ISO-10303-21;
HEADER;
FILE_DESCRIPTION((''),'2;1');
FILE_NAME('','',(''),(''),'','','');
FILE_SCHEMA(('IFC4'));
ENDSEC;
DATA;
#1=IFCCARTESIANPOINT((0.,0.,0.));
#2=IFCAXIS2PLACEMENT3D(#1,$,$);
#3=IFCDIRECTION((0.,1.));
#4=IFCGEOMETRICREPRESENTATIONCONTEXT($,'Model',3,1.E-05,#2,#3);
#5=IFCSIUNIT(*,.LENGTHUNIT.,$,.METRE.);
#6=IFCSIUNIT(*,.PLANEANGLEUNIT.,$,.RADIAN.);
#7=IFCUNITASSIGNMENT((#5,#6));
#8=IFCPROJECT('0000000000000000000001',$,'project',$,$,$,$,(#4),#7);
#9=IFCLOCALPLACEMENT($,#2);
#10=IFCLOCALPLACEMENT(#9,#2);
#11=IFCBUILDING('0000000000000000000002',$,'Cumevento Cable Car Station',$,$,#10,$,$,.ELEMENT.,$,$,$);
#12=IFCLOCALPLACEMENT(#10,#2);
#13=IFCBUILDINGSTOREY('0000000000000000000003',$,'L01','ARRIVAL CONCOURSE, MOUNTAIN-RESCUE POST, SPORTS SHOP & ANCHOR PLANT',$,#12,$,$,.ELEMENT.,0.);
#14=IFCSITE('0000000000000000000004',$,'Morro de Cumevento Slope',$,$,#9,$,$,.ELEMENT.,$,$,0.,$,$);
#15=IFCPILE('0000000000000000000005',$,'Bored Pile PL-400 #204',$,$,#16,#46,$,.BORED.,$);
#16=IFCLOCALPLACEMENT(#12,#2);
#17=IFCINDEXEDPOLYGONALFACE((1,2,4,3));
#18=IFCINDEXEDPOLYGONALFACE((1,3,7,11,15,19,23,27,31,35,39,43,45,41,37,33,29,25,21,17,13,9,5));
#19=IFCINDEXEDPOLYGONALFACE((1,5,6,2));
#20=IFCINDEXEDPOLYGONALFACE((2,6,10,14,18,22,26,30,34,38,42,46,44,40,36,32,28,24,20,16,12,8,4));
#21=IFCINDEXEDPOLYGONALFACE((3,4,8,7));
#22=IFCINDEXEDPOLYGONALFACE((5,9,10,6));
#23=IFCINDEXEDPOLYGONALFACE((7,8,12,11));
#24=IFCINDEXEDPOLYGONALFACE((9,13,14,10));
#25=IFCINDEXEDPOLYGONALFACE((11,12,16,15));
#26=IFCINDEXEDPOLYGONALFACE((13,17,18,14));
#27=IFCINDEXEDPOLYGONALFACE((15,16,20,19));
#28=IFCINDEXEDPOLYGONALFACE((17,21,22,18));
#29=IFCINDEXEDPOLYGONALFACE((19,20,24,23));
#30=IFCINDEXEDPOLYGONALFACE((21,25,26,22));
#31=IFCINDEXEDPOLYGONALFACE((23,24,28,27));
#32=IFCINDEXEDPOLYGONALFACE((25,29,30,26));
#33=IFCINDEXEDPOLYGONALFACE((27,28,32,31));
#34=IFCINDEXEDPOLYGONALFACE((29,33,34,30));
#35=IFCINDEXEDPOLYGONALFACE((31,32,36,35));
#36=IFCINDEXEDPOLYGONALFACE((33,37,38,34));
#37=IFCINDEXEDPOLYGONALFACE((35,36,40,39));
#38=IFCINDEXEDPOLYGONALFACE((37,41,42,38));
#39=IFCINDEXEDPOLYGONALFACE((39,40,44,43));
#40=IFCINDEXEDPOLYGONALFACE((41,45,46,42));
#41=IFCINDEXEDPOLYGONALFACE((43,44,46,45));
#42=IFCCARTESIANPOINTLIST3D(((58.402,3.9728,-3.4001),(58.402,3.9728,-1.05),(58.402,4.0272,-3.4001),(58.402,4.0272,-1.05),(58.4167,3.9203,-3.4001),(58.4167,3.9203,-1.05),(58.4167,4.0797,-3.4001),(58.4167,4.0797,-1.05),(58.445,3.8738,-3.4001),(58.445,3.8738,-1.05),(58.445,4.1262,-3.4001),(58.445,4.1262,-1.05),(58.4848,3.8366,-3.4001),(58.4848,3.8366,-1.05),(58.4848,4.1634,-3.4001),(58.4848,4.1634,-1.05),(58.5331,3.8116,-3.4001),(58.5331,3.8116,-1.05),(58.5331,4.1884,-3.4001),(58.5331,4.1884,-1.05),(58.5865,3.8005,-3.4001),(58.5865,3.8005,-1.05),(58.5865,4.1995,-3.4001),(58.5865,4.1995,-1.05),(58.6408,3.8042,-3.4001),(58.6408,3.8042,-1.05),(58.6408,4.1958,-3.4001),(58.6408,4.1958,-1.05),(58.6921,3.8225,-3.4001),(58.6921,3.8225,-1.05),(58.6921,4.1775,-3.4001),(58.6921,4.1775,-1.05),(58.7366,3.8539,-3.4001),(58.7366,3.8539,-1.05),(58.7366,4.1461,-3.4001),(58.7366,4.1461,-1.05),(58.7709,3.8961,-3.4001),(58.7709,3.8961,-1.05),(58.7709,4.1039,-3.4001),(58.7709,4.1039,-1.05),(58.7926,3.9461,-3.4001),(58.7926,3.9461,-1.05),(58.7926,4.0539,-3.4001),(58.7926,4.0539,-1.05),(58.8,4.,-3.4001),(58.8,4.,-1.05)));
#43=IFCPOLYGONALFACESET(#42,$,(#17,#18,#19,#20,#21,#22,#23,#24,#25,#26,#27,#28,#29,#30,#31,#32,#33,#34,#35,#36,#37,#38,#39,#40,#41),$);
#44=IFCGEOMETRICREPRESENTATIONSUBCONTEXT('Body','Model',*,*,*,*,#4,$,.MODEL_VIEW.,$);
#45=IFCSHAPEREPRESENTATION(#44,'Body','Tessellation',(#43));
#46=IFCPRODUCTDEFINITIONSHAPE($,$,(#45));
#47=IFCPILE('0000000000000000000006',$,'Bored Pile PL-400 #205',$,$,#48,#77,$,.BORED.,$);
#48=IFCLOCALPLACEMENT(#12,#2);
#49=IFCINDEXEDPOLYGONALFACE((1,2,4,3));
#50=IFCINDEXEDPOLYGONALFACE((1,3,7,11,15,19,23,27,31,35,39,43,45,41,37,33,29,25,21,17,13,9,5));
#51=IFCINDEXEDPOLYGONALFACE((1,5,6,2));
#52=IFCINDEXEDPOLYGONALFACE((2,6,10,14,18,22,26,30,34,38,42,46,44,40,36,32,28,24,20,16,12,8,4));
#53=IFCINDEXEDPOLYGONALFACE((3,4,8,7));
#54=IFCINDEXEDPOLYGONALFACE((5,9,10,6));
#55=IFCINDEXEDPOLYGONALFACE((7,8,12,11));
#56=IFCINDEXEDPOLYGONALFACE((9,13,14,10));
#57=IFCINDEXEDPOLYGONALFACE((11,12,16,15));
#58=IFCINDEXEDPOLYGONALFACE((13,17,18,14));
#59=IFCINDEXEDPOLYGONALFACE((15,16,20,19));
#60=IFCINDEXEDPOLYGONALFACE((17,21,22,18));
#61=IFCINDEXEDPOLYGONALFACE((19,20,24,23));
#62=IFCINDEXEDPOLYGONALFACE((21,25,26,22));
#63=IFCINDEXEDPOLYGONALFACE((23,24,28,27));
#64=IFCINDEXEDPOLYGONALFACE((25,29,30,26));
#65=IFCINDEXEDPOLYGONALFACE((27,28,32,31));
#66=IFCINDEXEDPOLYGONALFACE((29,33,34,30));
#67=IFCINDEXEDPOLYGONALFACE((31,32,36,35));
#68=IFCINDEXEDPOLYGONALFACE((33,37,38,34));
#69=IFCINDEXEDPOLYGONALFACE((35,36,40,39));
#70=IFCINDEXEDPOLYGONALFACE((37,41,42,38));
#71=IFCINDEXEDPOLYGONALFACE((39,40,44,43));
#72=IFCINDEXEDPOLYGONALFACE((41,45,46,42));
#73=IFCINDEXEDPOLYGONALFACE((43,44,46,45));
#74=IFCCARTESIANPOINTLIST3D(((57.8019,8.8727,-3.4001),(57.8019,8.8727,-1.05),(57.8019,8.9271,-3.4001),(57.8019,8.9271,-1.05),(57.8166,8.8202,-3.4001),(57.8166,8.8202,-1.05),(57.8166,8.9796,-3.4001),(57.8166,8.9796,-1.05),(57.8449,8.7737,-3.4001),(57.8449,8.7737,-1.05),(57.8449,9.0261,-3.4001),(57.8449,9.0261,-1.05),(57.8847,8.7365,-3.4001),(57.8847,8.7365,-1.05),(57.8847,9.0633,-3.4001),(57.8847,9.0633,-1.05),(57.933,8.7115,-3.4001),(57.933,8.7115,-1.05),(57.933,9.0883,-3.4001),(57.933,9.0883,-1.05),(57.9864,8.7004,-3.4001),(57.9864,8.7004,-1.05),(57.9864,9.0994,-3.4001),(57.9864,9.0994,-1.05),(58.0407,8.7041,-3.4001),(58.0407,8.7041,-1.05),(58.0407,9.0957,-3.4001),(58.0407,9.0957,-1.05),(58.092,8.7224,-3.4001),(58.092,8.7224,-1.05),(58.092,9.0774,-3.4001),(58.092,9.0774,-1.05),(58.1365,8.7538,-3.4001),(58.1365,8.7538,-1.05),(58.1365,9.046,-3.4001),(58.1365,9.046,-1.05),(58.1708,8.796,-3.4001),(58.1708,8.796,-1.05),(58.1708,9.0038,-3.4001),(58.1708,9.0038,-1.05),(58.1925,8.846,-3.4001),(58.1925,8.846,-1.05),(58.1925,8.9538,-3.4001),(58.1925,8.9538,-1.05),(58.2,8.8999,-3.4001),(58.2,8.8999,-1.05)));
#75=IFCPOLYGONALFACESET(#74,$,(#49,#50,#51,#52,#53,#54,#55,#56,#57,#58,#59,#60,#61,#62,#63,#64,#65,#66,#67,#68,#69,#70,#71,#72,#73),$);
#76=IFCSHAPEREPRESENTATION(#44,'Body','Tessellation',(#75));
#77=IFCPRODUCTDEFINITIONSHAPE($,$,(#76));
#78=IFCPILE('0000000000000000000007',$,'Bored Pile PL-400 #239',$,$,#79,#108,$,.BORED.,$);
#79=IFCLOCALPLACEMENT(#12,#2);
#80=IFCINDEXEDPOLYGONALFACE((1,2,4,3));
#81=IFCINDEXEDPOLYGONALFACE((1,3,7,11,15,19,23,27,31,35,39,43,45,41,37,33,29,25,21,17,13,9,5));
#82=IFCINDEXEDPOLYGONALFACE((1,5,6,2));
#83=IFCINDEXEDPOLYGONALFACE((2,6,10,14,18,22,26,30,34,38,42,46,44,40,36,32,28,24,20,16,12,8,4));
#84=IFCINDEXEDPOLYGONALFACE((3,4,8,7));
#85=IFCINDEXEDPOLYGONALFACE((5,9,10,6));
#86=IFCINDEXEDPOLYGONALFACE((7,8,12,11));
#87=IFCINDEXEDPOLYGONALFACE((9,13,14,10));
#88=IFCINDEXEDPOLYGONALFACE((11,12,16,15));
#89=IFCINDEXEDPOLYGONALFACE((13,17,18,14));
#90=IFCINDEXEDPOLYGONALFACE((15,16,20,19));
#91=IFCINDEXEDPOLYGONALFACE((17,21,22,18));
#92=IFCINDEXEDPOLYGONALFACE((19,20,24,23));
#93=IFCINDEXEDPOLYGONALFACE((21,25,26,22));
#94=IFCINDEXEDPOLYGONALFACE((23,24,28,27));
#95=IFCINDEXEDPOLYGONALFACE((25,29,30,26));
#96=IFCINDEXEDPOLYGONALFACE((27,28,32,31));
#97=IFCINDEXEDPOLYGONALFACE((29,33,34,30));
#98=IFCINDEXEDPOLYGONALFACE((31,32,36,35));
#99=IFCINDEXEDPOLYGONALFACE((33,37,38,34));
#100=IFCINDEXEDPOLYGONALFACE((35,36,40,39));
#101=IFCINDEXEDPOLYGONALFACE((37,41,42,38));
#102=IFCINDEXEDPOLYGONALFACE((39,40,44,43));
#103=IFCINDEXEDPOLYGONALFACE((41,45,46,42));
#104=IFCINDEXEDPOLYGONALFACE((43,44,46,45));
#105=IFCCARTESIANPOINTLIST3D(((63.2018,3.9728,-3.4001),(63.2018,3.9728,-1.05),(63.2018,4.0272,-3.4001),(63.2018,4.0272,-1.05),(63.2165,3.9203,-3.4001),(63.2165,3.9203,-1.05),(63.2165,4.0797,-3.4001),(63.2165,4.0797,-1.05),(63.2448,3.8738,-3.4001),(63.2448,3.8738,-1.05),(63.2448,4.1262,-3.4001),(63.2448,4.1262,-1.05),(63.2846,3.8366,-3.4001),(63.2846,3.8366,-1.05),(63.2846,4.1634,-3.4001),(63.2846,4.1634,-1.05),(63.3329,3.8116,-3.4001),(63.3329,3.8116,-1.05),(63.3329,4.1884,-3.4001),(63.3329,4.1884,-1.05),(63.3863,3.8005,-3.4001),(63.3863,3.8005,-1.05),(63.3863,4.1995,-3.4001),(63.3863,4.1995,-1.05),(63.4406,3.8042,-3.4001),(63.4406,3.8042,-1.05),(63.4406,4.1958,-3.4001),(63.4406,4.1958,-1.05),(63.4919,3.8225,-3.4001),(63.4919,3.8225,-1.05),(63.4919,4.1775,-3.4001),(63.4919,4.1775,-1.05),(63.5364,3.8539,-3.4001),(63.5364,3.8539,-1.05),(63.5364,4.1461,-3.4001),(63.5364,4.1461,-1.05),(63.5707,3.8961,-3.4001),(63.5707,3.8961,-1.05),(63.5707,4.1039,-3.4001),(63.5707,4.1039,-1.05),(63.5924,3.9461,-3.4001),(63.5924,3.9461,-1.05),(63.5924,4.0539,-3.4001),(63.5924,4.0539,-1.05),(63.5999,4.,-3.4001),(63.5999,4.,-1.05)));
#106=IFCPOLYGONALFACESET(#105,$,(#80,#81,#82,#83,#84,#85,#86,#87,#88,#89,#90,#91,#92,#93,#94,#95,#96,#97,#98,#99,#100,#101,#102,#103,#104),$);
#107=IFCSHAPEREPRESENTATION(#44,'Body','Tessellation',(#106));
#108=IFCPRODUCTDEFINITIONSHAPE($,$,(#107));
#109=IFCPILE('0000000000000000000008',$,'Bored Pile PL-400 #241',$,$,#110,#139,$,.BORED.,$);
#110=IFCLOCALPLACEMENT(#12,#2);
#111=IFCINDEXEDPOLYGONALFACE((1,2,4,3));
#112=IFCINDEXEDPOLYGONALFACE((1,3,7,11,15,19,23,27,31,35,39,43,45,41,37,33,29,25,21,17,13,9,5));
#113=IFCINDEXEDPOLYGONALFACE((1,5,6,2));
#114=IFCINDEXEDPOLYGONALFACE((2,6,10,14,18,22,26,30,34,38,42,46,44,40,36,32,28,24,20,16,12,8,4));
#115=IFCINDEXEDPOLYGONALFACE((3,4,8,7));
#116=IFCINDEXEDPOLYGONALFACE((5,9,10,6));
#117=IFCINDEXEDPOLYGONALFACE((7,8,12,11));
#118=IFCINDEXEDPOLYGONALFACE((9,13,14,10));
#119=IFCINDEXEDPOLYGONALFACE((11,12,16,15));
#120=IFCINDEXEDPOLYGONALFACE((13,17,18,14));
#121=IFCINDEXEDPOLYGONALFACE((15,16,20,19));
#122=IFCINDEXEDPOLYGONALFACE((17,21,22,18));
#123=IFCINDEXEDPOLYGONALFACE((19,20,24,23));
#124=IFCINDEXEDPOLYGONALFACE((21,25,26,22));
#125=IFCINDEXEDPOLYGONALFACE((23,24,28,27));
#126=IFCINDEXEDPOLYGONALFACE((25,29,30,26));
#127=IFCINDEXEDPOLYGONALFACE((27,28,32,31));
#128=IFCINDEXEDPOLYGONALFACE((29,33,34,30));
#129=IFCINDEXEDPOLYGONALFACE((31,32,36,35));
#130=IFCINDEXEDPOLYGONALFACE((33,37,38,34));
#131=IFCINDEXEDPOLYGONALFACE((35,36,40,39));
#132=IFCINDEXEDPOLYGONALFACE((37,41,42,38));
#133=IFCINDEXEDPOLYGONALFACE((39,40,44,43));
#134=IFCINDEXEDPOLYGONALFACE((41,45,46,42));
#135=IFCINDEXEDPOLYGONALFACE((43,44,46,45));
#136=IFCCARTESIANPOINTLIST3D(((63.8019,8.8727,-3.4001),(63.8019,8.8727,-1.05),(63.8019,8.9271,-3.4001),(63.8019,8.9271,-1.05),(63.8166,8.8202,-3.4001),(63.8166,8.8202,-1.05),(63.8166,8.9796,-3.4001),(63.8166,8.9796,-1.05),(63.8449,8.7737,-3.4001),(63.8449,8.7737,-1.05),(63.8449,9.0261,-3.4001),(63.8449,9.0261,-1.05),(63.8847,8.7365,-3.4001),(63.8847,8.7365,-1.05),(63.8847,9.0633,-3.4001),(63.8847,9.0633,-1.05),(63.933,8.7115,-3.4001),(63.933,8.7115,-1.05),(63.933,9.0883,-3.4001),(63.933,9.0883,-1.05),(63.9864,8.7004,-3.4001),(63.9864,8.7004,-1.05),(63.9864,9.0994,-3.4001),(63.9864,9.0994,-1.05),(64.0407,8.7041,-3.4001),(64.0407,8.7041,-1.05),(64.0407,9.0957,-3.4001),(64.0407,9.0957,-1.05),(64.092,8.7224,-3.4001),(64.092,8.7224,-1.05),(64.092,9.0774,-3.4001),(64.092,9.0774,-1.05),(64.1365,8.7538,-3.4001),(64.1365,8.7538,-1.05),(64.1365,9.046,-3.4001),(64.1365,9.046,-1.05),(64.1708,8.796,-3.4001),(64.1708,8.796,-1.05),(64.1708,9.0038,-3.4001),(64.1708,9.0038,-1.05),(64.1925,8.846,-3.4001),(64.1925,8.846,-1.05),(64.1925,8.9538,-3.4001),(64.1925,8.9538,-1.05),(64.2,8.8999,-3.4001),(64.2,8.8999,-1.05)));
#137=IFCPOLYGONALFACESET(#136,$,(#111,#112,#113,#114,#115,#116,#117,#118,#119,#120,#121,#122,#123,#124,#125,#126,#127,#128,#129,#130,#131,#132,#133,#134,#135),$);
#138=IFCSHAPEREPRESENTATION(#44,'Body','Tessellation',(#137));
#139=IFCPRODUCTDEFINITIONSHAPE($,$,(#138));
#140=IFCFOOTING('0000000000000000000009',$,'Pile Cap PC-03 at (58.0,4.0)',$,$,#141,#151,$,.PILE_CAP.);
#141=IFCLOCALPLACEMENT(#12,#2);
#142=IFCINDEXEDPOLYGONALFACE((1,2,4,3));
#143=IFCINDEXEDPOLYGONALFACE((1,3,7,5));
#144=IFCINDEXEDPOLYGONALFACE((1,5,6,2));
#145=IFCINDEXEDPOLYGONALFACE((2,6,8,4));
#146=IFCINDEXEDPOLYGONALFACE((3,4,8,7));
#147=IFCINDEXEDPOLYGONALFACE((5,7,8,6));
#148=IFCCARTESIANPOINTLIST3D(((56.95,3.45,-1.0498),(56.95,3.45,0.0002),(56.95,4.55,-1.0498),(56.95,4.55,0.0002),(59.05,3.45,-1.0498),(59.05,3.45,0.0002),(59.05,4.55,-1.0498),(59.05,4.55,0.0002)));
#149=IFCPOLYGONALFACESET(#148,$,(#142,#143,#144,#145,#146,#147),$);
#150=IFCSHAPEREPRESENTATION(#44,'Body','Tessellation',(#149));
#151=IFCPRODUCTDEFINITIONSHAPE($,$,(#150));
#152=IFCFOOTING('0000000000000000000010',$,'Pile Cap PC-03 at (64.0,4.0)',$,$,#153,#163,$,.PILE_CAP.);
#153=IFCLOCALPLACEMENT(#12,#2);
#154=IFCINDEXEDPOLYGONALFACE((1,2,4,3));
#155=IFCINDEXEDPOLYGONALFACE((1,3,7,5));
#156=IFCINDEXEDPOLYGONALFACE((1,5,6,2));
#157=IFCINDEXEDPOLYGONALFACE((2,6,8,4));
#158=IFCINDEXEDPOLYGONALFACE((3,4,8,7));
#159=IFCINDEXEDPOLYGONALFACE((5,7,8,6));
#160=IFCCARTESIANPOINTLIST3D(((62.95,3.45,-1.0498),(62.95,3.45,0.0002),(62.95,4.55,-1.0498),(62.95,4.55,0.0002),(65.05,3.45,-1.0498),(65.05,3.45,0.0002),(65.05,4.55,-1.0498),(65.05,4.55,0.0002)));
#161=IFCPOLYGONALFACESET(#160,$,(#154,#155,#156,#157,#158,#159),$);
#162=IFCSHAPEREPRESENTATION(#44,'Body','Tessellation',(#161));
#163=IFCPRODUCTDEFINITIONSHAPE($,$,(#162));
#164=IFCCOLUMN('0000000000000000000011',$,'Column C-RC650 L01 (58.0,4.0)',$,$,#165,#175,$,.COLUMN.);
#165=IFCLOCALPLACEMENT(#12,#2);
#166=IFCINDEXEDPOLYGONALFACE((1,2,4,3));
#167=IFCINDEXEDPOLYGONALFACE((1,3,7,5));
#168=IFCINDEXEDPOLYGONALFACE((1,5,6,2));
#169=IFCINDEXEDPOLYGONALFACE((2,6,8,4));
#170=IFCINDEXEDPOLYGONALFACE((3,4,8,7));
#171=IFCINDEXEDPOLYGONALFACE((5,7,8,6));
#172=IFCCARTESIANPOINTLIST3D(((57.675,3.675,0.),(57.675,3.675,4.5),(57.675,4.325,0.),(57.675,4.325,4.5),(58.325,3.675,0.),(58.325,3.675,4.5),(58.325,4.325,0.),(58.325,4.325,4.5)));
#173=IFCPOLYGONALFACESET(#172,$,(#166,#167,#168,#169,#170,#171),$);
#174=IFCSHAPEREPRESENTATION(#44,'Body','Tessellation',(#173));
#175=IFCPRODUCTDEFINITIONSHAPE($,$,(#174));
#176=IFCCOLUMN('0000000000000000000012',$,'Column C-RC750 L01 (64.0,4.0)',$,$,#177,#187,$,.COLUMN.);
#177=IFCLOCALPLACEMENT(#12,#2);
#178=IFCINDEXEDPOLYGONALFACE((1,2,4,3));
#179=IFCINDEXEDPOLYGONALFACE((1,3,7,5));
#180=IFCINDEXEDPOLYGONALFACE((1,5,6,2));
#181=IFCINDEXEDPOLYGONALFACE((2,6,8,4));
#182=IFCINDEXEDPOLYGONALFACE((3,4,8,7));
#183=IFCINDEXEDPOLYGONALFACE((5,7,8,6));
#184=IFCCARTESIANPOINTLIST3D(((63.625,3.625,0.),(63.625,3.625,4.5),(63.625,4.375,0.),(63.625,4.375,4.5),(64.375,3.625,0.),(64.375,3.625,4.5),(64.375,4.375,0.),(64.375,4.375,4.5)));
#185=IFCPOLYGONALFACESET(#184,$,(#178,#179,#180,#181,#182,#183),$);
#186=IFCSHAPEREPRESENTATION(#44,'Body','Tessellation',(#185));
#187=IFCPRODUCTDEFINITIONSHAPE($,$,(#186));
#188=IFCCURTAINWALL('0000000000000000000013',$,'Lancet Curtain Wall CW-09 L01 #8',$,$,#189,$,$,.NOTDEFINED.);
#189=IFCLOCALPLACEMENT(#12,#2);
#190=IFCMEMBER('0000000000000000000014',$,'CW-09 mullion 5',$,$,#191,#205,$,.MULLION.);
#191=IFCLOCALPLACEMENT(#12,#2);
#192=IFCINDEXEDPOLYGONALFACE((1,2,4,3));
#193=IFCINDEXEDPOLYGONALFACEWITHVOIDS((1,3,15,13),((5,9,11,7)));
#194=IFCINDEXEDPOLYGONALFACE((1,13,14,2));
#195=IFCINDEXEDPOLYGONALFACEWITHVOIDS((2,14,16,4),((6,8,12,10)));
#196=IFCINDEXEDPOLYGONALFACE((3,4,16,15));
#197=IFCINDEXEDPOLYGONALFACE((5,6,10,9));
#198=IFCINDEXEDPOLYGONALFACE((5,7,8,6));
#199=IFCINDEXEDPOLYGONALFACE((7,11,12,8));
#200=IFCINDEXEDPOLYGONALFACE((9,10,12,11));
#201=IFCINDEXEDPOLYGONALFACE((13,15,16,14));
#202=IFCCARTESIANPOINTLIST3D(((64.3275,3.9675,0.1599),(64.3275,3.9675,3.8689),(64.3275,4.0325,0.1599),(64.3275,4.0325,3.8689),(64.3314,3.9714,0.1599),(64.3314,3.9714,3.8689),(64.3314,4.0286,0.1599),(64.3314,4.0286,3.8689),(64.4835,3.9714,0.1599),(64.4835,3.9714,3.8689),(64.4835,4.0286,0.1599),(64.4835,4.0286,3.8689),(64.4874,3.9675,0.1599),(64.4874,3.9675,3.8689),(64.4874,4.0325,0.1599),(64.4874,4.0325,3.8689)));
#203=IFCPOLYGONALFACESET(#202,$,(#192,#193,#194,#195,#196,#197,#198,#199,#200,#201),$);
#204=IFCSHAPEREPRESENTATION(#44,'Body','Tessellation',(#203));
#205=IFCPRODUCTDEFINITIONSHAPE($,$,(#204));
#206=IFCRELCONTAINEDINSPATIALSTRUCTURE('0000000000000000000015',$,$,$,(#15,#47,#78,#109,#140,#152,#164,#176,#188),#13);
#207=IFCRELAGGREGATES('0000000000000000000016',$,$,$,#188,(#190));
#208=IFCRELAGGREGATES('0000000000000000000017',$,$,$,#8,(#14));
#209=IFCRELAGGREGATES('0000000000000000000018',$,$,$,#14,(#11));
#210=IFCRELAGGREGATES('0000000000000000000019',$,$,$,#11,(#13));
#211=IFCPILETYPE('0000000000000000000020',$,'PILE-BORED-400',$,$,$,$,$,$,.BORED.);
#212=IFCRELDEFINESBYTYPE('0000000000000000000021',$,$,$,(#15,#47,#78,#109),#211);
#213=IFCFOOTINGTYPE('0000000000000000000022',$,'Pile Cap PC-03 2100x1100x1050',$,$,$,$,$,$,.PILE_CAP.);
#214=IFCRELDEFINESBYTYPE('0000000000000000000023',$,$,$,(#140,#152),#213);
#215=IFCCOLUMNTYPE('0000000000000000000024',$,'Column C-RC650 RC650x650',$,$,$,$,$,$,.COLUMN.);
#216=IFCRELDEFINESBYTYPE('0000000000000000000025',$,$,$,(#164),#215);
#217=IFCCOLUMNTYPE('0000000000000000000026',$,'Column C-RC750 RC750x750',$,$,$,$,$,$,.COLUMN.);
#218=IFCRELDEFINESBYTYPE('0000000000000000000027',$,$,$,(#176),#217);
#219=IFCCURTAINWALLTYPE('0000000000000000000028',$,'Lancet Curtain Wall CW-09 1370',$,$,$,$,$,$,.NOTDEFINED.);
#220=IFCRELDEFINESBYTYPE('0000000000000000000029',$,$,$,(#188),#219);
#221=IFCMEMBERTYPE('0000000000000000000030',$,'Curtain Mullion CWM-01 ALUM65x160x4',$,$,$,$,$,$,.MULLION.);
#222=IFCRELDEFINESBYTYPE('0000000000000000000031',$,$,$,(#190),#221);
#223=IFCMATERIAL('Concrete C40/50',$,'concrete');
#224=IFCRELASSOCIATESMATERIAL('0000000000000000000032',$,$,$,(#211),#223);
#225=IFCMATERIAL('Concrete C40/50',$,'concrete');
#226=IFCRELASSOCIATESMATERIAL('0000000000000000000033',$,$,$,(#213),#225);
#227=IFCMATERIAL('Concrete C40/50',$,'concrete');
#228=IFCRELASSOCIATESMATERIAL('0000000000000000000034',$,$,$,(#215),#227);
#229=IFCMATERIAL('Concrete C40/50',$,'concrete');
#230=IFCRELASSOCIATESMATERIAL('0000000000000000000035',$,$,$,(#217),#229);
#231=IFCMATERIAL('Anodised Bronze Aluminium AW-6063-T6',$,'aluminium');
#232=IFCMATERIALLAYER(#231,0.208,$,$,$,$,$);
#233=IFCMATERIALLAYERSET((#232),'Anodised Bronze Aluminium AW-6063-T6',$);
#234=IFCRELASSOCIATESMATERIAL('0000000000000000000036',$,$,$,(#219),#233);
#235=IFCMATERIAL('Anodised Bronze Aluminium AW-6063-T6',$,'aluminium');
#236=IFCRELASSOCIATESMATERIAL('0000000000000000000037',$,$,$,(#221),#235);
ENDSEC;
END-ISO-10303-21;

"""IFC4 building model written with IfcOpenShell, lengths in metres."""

from ifc_helpers import new_model, si_unit, direction, frame, origin, origin_2d, place, context, subcontext, project, spatial, rectangle, hollow_rectangle, circle, extrude, material, layer, layer_set, material_profile, profile_set, type_object, element, aggregate, save


model = new_model("IFC4")

# Units and contexts
model_context = context("Model", 3, precision=1e-05, world=origin(), true_north=direction((0.0, 1.0)))
body_context = subcontext(model_context, "Body", "Model", "MODEL_VIEW")
ifc_project = project(units=[si_unit("LENGTHUNIT", "METRE"), si_unit("PLANEANGLEUNIT", "RADIAN")], contexts=[model_context])

# Site, building, storey
site_placement = place(None, origin())
site = spatial("IfcSite", under=ifc_project, at=site_placement, Name="Morro de Cumevento Slope", CompositionType="ELEMENT", RefElevation=0.0)
building_placement = place(site_placement, origin())
building = spatial("IfcBuilding", under=site, at=building_placement, Name="Cumevento Cable Car Station", CompositionType="ELEMENT")
storey_placement = place(building_placement, origin())
storey = spatial("IfcBuildingStorey", under=building, at=storey_placement, Name="L01", Description="ARRIVAL CONCOURSE, MOUNTAIN-RESCUE POST, SPORTS SHOP & ANCHOR PLANT", CompositionType="ELEMENT", Elevation=0.0)

# Piles
ifc_material_1 = material(Name="Concrete C40/50", Category="concrete")
ifc_material_profile_1 = material_profile(ifc_material_1, circle(Radius=0.2, at=origin_2d()), Name="PILE-D400")
ifc_profile_set_1 = profile_set([ifc_material_profile_1], Name="Concrete C40/50")
pile_type = type_object("IfcPileType", Name="PILE-BORED-400", PredefinedType="BORED", material=ifc_profile_set_1)
for number, where, z_axis, x_axis, name in (
    (1, (58.6001, 4.0, -1.05), (0.0, 0.0, -1.0), (1.0, 0.0, 0.0), "Bored Pile PL-400 #204"),
    (2, (58.0, 8.8999, -1.05), (0.0, 0.0, -1.0), (1.0, 0.0, 0.0), "Bored Pile PL-400 #205"),
    (3, (63.3999, 4.0, -1.05), (0.0, 0.0, -1.0), (1.0, 0.0, 0.0), "Bored Pile PL-400 #239"),
    (4, (64.0, 8.8999, -1.05), (0.0, 0.0, -1.0), (1.0, 0.0, 0.0), "Bored Pile PL-400 #241"),
):
    element("IfcPile", number, at=place(storey_placement, frame(where, z_axis=z_axis, x_axis=x_axis)), inside=storey, type_object=pile_type, Name=name, PredefinedType="BORED", context=body_context, shape_type="SweptSolid", body=[
        extrude(circle(Radius=0.2, at=origin_2d()), origin(), (0.0, 0.0, 1.0), 2.3501),
    ])

# Footings
ifc_material_2 = material(Name="Concrete C40/50", Category="concrete")
footing_type = type_object("IfcFootingType", Name="Pile Cap PC-03 2100x1100x1050", PredefinedType="PILE_CAP", material=ifc_material_2)
for number, where, z_axis, x_axis, name in (
    (5, (58.0, 4.0, -1.0498), (0.0, 0.0, 1.0), (1.0, 0.0, 0.0), "Pile Cap PC-03 at (58.0,4.0)"),
    (6, (64.0, 4.0, -1.0498), (0.0, 0.0, 1.0), (1.0, 0.0, 0.0), "Pile Cap PC-03 at (64.0,4.0)"),
):
    element("IfcFooting", number, at=place(storey_placement, frame(where, z_axis=z_axis, x_axis=x_axis)), inside=storey, type_object=footing_type, Name=name, PredefinedType="PILE_CAP", context=body_context, shape_type="SweptSolid", body=[
        extrude(rectangle(XDim=2.1001, YDim=1.1001, at=origin_2d()), origin(), (0.0, 0.0, 1.0), 1.05),
    ])

# Columns
ifc_material_3 = material(Name="Concrete C40/50", Category="concrete")
ifc_material_profile_2 = material_profile(ifc_material_3, rectangle(XDim=0.6499, YDim=0.6499, at=origin_2d()), Name="RC650x650")
ifc_profile_set_2 = profile_set([ifc_material_profile_2], Name="Concrete C40/50")
column_type_1 = type_object("IfcColumnType", Name="Column C-RC650 RC650x650", PredefinedType="COLUMN", material=ifc_profile_set_2)
column_1_placement = place(storey_placement, frame((58.0, 4.0, 0.0), z_axis=(0.0, 0.0, 1.0), x_axis=(1.0, 0.0, 0.0)))
element("IfcColumn", 7, at=column_1_placement, inside=storey, type_object=column_type_1, Name="Column C-RC650 L01 (58.0,4.0)", PredefinedType="COLUMN", context=body_context, shape_type="SweptSolid", body=[
    extrude(rectangle(XDim=0.6499, YDim=0.6499, at=origin_2d()), origin(), (0.0, 0.0, 1.0), 4.5),
])
ifc_material_4 = material(Name="Concrete C40/50", Category="concrete")
ifc_material_profile_3 = material_profile(ifc_material_4, rectangle(XDim=0.75, YDim=0.75, at=origin_2d()), Name="RC750x750")
ifc_profile_set_3 = profile_set([ifc_material_profile_3], Name="Concrete C40/50")
column_type_2 = type_object("IfcColumnType", Name="Column C-RC750 RC750x750", PredefinedType="COLUMN", material=ifc_profile_set_3)
column_2_placement = place(storey_placement, frame((64.0, 4.0, 0.0), z_axis=(0.0, 0.0, 1.0), x_axis=(1.0, 0.0, 0.0)))
element("IfcColumn", 8, at=column_2_placement, inside=storey, type_object=column_type_2, Name="Column C-RC750 L01 (64.0,4.0)", PredefinedType="COLUMN", context=body_context, shape_type="SweptSolid", body=[
    extrude(rectangle(XDim=0.75, YDim=0.75, at=origin_2d()), origin(), (0.0, 0.0, 1.0), 4.5),
])

# Curtain wall, member
ifc_material_5 = material(Name="Anodised Bronze Aluminium AW-6063-T6", Category="aluminium")
ifc_layer_1 = layer(ifc_material_5, 0.208)
ifc_layer_set_1 = layer_set([ifc_layer_1], Name="Anodised Bronze Aluminium AW-6063-T6")
curtain_wall_type = type_object("IfcCurtainWallType", Name="Lancet Curtain Wall CW-09 1370", PredefinedType="NOTDEFINED", material=ifc_layer_set_1)
curtain_wall_placement = place(storey_placement, origin())
curtain_wall = element("IfcCurtainWall", 9, at=curtain_wall_placement, inside=storey, type_object=curtain_wall_type, Name="Lancet Curtain Wall CW-09 L01 #8", PredefinedType="NOTDEFINED")
ifc_material_6 = material(Name="Anodised Bronze Aluminium AW-6063-T6", Category="aluminium")
ifc_material_profile_4 = material_profile(ifc_material_6, hollow_rectangle(XDim=0.0649, YDim=0.1599, WallThickness=0.0039, at=origin_2d()), Name="ALUM65x160x4")
ifc_profile_set_4 = profile_set([ifc_material_profile_4], Name="Anodised Bronze Aluminium AW-6063-T6")
member_type = type_object("IfcMemberType", Name="Curtain Mullion CWM-01 ALUM65x160x4", PredefinedType="MULLION", material=ifc_profile_set_4)
member_placement = place(storey_placement, frame((64.4075, 4.0, 0.1599), z_axis=(0.0, 0.0, 1.0), x_axis=(0.0, -1.0, 0.0)))
member = element("IfcMember", 10, at=member_placement, type_object=member_type, Name="CW-09 mullion 5", PredefinedType="MULLION", context=body_context, shape_type="SweptSolid", body=[
    extrude(hollow_rectangle(XDim=0.0649, YDim=0.1599, WallThickness=0.0039, at=origin_2d()), origin(), (0.0, 0.0, 1.0), 3.709),
])
aggregate(curtain_wall, [member])

save(model, "model.ifc")
